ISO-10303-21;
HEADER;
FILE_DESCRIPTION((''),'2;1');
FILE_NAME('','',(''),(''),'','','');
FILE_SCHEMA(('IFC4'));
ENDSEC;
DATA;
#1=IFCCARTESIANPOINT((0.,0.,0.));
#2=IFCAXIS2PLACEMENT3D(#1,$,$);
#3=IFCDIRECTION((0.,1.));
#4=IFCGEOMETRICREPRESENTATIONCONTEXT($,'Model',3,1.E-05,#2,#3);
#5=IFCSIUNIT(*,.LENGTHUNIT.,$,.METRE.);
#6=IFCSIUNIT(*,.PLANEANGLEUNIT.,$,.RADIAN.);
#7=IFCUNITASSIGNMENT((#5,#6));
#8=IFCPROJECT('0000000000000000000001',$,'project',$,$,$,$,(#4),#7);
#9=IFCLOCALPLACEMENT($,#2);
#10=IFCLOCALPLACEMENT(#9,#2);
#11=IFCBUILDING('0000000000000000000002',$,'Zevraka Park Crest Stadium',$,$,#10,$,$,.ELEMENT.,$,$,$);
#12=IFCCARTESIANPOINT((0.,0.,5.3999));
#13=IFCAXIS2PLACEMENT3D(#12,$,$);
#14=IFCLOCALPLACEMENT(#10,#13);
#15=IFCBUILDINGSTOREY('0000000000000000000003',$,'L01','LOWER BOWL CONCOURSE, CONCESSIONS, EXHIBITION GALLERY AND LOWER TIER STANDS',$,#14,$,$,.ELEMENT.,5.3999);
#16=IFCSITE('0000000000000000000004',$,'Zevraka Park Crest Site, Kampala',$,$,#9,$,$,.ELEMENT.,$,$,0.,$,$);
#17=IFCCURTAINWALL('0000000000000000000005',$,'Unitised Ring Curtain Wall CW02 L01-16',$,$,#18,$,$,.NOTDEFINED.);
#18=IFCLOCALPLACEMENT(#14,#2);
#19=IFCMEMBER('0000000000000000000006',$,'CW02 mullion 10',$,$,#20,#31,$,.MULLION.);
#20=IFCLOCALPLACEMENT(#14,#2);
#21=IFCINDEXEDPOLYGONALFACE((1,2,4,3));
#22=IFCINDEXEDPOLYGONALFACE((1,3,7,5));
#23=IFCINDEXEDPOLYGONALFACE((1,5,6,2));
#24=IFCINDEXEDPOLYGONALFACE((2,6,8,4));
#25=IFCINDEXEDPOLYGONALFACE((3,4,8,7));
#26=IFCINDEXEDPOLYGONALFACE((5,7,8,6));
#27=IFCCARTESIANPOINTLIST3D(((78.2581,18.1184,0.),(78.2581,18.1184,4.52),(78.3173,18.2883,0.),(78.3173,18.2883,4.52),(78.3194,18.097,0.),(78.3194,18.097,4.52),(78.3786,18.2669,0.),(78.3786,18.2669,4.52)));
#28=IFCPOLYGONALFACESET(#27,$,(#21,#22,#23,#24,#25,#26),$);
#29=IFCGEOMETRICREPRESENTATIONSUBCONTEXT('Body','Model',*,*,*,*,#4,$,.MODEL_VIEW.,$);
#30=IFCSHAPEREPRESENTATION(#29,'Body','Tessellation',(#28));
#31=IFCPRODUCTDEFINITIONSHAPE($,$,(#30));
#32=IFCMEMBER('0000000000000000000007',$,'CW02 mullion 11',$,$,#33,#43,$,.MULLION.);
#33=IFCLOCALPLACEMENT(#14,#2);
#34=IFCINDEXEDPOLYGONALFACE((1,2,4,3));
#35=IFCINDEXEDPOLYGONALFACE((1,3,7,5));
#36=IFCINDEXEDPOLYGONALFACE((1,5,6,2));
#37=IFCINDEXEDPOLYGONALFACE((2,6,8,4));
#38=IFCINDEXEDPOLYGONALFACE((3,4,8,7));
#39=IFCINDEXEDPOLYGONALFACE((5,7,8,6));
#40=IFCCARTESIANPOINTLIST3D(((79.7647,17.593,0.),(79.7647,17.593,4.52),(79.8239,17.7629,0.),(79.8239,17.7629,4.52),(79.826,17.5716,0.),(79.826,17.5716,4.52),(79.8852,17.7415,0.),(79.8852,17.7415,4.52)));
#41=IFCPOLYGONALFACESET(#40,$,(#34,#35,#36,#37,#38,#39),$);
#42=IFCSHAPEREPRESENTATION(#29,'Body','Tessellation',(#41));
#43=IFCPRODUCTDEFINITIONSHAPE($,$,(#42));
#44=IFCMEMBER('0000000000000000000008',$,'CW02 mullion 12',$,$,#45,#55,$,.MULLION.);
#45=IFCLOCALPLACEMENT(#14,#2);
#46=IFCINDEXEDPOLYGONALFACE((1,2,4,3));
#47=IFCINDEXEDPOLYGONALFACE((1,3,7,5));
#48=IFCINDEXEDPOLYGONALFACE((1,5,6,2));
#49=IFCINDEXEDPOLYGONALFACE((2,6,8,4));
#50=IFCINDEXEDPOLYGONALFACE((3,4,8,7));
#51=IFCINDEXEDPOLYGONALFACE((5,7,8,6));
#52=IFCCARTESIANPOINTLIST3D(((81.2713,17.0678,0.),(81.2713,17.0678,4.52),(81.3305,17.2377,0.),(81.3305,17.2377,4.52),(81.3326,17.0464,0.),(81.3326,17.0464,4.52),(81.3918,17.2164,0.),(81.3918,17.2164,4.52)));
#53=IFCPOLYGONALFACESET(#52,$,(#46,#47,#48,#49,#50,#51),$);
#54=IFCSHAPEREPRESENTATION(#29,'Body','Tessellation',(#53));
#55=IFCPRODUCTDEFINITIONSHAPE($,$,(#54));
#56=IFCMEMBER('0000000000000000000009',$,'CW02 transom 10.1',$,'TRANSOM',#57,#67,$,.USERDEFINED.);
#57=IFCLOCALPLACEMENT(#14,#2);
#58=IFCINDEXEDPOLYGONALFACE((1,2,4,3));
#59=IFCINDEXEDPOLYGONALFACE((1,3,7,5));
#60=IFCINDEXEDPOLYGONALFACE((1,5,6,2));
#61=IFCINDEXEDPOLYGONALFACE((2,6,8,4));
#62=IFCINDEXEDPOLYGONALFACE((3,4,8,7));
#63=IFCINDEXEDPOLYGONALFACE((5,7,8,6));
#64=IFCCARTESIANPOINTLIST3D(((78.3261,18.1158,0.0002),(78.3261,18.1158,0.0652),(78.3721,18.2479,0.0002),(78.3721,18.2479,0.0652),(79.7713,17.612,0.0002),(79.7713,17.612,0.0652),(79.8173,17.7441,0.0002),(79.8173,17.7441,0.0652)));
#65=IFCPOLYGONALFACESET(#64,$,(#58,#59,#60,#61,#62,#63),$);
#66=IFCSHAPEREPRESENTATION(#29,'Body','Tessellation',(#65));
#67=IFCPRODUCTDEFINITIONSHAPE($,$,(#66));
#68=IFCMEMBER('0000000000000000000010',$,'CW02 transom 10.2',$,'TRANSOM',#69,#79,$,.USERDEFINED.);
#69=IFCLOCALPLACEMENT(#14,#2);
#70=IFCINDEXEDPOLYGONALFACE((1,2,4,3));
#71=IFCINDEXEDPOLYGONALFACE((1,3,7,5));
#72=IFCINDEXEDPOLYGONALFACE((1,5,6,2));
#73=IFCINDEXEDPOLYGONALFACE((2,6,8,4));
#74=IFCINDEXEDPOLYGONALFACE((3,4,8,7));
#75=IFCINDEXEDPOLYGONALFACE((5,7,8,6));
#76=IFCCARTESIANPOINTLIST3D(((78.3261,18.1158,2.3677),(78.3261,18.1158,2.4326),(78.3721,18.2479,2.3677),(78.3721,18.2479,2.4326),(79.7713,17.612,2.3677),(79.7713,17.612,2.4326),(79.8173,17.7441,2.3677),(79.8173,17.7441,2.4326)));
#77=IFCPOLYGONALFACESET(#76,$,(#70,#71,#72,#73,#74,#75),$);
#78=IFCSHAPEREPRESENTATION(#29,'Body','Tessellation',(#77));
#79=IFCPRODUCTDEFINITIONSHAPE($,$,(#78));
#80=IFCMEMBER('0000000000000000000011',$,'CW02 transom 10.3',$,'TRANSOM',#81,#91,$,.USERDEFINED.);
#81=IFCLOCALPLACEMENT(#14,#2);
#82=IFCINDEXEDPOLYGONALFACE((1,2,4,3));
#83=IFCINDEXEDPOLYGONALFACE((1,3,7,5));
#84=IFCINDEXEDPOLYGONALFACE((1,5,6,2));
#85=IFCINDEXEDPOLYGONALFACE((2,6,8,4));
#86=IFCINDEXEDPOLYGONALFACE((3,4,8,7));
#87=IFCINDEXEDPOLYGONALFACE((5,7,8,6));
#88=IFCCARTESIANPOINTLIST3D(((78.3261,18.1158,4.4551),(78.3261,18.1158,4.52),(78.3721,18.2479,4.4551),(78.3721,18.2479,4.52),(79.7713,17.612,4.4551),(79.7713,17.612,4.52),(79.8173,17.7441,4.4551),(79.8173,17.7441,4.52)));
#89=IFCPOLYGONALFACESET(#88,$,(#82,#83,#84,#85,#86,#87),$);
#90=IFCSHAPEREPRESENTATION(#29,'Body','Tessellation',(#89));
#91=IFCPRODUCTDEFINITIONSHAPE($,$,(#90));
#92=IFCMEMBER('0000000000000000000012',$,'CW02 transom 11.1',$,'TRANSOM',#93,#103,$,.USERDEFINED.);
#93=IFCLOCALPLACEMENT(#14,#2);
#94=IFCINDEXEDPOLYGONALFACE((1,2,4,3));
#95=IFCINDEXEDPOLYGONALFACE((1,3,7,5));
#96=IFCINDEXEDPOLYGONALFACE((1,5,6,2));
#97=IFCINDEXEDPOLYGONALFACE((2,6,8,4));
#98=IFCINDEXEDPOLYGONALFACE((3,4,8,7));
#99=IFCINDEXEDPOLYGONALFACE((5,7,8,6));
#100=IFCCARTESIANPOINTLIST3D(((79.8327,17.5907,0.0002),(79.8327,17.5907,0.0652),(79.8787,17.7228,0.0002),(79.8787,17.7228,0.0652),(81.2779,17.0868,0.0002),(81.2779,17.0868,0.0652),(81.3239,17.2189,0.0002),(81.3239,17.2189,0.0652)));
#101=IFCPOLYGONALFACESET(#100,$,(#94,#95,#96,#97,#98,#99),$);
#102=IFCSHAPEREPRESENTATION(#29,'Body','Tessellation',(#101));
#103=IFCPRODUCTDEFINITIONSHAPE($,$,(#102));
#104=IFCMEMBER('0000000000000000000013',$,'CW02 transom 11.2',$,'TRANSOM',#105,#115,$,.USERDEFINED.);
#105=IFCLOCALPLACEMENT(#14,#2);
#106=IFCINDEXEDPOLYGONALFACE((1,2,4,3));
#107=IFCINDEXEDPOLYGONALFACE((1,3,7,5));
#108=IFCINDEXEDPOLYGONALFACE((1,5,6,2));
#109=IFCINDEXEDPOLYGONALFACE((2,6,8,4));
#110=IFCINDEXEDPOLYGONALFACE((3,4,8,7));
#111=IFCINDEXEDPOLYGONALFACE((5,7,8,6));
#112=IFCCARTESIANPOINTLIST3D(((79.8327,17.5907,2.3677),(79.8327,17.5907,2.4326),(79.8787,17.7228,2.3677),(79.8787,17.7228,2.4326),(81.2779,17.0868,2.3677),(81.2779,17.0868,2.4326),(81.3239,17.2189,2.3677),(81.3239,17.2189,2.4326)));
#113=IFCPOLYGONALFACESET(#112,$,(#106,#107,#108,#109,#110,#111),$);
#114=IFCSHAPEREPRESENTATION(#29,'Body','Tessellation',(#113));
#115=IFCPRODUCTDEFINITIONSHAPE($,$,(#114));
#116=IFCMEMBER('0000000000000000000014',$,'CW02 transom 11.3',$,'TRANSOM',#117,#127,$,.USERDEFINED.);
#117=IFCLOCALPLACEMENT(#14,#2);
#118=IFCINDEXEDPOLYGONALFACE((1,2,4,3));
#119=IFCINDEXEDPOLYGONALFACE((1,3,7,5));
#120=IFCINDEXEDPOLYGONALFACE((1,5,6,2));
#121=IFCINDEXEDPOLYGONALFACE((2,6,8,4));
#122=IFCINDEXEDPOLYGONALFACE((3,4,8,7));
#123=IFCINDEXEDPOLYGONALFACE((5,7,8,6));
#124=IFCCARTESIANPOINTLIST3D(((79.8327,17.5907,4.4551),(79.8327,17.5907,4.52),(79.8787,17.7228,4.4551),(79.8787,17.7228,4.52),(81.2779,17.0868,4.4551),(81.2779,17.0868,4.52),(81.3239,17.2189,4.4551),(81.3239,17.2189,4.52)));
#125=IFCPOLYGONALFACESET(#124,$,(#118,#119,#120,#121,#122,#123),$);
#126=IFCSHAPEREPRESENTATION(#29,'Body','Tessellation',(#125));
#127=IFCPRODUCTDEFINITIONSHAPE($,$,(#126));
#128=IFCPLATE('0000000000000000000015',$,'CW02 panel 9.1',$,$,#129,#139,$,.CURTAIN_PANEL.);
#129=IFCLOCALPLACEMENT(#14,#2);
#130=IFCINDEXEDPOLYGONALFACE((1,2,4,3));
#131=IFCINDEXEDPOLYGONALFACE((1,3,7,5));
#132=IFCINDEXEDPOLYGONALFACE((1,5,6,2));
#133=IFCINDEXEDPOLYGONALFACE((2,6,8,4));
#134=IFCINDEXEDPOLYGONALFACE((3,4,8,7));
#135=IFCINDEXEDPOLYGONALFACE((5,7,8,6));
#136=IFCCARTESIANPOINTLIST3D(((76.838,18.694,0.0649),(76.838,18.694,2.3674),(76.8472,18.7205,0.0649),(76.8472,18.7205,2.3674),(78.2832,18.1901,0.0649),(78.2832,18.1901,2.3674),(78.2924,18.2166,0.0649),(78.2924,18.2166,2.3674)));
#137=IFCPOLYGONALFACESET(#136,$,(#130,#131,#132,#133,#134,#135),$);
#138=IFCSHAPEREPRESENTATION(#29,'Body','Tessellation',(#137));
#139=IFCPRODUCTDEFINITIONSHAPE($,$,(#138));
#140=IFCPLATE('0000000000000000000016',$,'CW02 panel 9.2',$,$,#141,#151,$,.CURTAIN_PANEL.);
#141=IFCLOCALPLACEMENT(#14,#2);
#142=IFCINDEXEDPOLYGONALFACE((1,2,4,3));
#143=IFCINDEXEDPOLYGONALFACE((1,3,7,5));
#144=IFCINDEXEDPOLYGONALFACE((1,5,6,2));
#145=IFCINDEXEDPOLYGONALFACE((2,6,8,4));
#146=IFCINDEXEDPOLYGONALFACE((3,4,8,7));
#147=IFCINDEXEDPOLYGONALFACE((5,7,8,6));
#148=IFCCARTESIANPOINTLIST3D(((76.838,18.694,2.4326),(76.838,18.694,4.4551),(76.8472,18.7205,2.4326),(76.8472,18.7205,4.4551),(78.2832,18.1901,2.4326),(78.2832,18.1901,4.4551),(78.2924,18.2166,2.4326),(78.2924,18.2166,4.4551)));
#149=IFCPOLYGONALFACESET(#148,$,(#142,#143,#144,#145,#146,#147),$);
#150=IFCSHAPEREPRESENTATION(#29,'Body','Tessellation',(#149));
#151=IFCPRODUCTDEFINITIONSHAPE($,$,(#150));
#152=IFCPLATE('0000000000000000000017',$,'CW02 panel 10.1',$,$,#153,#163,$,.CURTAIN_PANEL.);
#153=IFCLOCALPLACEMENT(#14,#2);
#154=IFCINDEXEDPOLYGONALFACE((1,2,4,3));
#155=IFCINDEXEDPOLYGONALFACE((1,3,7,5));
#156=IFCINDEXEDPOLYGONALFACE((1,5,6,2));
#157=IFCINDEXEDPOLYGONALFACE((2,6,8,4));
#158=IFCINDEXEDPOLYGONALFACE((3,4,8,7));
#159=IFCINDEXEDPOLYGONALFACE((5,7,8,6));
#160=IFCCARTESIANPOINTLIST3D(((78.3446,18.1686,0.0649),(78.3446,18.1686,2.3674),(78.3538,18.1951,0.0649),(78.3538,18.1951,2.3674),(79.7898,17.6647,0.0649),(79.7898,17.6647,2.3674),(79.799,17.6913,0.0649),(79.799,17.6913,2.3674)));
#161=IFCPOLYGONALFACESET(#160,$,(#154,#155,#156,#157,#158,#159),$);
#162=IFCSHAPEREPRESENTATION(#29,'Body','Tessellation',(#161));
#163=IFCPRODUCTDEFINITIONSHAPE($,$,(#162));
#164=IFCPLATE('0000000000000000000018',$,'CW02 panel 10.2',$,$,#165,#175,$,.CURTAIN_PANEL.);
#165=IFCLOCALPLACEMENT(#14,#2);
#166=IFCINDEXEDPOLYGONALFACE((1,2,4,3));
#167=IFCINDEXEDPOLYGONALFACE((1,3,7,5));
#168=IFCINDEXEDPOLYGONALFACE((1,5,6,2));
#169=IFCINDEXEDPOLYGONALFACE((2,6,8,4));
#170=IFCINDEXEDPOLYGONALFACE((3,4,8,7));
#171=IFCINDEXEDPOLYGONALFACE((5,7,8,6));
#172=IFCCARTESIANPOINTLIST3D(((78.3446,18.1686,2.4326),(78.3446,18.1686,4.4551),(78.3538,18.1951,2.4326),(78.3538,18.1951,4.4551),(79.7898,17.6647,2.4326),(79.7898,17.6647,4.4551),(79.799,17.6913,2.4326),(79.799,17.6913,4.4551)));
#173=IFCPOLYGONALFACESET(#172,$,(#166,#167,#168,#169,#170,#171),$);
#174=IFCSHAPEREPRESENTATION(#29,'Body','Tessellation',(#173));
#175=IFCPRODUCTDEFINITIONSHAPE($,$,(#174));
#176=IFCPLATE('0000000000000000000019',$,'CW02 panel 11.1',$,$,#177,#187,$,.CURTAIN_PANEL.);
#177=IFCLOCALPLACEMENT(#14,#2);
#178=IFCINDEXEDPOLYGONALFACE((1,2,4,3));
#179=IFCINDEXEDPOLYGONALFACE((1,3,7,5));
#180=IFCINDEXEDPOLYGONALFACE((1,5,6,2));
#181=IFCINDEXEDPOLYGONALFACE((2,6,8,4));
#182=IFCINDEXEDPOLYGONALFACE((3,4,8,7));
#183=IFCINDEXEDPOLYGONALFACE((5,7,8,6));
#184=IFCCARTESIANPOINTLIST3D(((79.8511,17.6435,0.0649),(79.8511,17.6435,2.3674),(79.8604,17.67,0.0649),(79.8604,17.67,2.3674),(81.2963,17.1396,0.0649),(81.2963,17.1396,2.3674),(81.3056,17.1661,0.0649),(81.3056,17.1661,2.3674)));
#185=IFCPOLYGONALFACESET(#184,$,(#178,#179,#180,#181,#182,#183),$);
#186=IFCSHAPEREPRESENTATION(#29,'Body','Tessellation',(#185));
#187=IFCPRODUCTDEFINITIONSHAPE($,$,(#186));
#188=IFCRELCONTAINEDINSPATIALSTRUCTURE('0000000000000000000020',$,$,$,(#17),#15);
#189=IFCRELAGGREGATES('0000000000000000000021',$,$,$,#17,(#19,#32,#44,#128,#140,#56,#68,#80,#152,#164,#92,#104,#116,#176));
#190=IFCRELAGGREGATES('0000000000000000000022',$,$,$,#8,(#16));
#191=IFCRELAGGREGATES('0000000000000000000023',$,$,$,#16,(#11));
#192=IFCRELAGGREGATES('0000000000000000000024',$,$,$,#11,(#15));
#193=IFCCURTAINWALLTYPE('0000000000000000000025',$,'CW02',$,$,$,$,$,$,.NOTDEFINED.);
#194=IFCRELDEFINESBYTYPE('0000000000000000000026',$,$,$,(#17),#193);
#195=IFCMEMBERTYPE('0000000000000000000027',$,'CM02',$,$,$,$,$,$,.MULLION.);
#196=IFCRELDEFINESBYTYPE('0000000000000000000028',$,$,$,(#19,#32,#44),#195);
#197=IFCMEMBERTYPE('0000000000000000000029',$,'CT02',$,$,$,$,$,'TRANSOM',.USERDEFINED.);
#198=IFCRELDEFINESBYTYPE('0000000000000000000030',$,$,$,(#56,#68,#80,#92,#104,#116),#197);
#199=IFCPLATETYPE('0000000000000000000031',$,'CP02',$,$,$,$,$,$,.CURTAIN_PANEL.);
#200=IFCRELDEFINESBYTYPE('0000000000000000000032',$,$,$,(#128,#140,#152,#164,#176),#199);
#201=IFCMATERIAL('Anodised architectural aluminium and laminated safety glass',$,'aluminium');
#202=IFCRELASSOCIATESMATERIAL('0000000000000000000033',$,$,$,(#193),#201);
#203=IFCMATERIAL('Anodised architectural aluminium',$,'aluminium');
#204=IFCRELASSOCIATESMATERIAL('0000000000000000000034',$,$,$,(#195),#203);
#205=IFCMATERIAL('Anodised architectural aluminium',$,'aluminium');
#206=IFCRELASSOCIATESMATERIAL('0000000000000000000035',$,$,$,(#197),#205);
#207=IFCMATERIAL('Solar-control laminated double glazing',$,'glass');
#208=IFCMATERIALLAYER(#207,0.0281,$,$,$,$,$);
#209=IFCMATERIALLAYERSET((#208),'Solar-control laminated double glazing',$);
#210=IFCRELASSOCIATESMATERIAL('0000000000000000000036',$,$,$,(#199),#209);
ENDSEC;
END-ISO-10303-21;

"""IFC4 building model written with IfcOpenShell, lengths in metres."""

from ifc_helpers import new_model, si_unit, direction, frame, origin, origin_2d, place, context, subcontext, project, spatial, rectangle, extrude, material, layer, layer_set, material_profile, profile_set, type_object, element, aggregate, save


model = new_model("IFC4")

# Units and contexts
model_context = context("Model", 3, precision=1e-05, world=origin(), true_north=direction((0.0, 1.0)))
body_context = subcontext(model_context, "Body", "Model", "MODEL_VIEW")
ifc_project = project(units=[si_unit("LENGTHUNIT", "METRE"), si_unit("PLANEANGLEUNIT", "RADIAN")], contexts=[model_context])

# Site, building, storey
site_placement = place(None, origin())
site = spatial("IfcSite", under=ifc_project, at=site_placement, Name="Zevraka Park Crest Site, Kampala", CompositionType="ELEMENT", RefElevation=0.0)
building_placement = place(site_placement, origin())
building = spatial("IfcBuilding", under=site, at=building_placement, Name="Zevraka Park Crest Stadium", CompositionType="ELEMENT")
storey_placement = place(building_placement, frame((0.0, 0.0, 5.3999)))
storey = spatial("IfcBuildingStorey", under=building, at=storey_placement, Name="L01", Description="LOWER BOWL CONCOURSE, CONCESSIONS, EXHIBITION GALLERY AND LOWER TIER STANDS", CompositionType="ELEMENT", Elevation=5.3999)

# Curtain wall, members, plates
ifc_material_1 = material(Name="Anodised architectural aluminium and laminated safety glass", Category="aluminium")
curtain_wall_type = type_object("IfcCurtainWallType", Name="CW02", PredefinedType="NOTDEFINED", material=ifc_material_1)
curtain_wall_placement = place(storey_placement, origin())
curtain_wall = element("IfcCurtainWall", 1, at=curtain_wall_placement, inside=storey, type_object=curtain_wall_type, Name="Unitised Ring Curtain Wall CW02 L01-16", PredefinedType="NOTDEFINED")
ifc_material_2 = material(Name="Anodised architectural aluminium", Category="aluminium")
ifc_material_profile_1 = material_profile(ifc_material_2, rectangle(XDim=0.1799, YDim=0.0649, at=origin_2d()), Name="ALU MULLION 180x65")
ifc_profile_set_1 = profile_set([ifc_material_profile_1], Name="Anodised architectural aluminium")
member_type_1 = type_object("IfcMemberType", Name="CM02", PredefinedType="MULLION", material=ifc_profile_set_1)
member_1_placement = place(storey_placement, frame((78.3184, 18.1926, 0.0), z_axis=(0.0, 0.0, 1.0), x_axis=(0.329209, 0.944257, 0.0)))
member_1 = element("IfcMember", 2, at=member_1_placement, type_object=member_type_1, Name="CW02 mullion 10", PredefinedType="MULLION", context=body_context, shape_type="SweptSolid", body=[
    extrude(rectangle(XDim=0.1799, YDim=0.0649, at=origin_2d()), origin(), (0.0, 0.0, 1.0), 4.52),
])
member_2_placement = place(storey_placement, frame((79.825, 17.6672, 0.0), z_axis=(0.0, 0.0, 1.0), x_axis=(0.329209, 0.944257, 0.0)))
member_2 = element("IfcMember", 3, at=member_2_placement, type_object=member_type_1, Name="CW02 mullion 11", PredefinedType="MULLION", context=body_context, shape_type="SweptSolid", body=[
    extrude(rectangle(XDim=0.1799, YDim=0.0649, at=origin_2d()), origin(), (0.0, 0.0, 1.0), 4.52),
])
member_3_placement = place(storey_placement, frame((81.3315, 17.1421, 0.0), z_axis=(0.0, 0.0, 1.0), x_axis=(0.329209, 0.944257, 0.0)))
member_3 = element("IfcMember", 4, at=member_3_placement, type_object=member_type_1, Name="CW02 mullion 12", PredefinedType="MULLION", context=body_context, shape_type="SweptSolid", body=[
    extrude(rectangle(XDim=0.1799, YDim=0.0649, at=origin_2d()), origin(), (0.0, 0.0, 1.0), 4.52),
])
ifc_material_3 = material(Name="Anodised architectural aluminium", Category="aluminium")
ifc_material_profile_2 = material_profile(ifc_material_3, rectangle(XDim=0.1399, YDim=0.0649, at=origin_2d()), Name="ALU TRANSOM 140x65")
ifc_profile_set_2 = profile_set([ifc_material_profile_2], Name="Anodised architectural aluminium")
member_type_2 = type_object("IfcMemberType", Name="CT02", ElementType="TRANSOM", PredefinedType="USERDEFINED", material=ifc_profile_set_2)
member_4_placement = place(storey_placement, frame((78.3491, 18.1819, 0.0327), z_axis=(0.944256, -0.329213, 0.0), x_axis=(0.329213, 0.944256, 0.0)))
member_4 = element("IfcMember", 5, at=member_4_placement, type_object=member_type_2, Name="CW02 transom 10.1", ObjectType="TRANSOM", PredefinedType="USERDEFINED", context=body_context, shape_type="SweptSolid", body=[
    extrude(rectangle(XDim=0.1399, YDim=0.0649, at=origin_2d()), origin(), (0.0, 0.0, 1.0), 1.5305),
])
member_5_placement = place(storey_placement, frame((78.3491, 18.1819, 2.4001), z_axis=(0.944256, -0.329213, 0.0), x_axis=(0.329213, 0.944256, 0.0)))
member_5 = element("IfcMember", 6, at=member_5_placement, type_object=member_type_2, Name="CW02 transom 10.2", ObjectType="TRANSOM", PredefinedType="USERDEFINED", context=body_context, shape_type="SweptSolid", body=[
    extrude(rectangle(XDim=0.1399, YDim=0.0649, at=origin_2d()), origin(), (0.0, 0.0, 1.0), 1.5305),
])
member_6_placement = place(storey_placement, frame((78.3491, 18.1819, 4.4875), z_axis=(0.944256, -0.329213, 0.0), x_axis=(0.329213, 0.944256, 0.0)))
member_6 = element("IfcMember", 7, at=member_6_placement, type_object=member_type_2, Name="CW02 transom 10.3", ObjectType="TRANSOM", PredefinedType="USERDEFINED", context=body_context, shape_type="SweptSolid", body=[
    extrude(rectangle(XDim=0.1399, YDim=0.0649, at=origin_2d()), origin(), (0.0, 0.0, 1.0), 1.5305),
])
member_7_placement = place(storey_placement, frame((79.8557, 17.6567, 0.0327), z_axis=(0.944256, -0.329213, 0.0), x_axis=(0.329213, 0.944256, 0.0)))
member_7 = element("IfcMember", 8, at=member_7_placement, type_object=member_type_2, Name="CW02 transom 11.1", ObjectType="TRANSOM", PredefinedType="USERDEFINED", context=body_context, shape_type="SweptSolid", body=[
    extrude(rectangle(XDim=0.1399, YDim=0.0649, at=origin_2d()), origin(), (0.0, 0.0, 1.0), 1.5305),
])
member_8_placement = place(storey_placement, frame((79.8557, 17.6567, 2.4001), z_axis=(0.944256, -0.329213, 0.0), x_axis=(0.329213, 0.944256, 0.0)))
member_8 = element("IfcMember", 9, at=member_8_placement, type_object=member_type_2, Name="CW02 transom 11.2", ObjectType="TRANSOM", PredefinedType="USERDEFINED", context=body_context, shape_type="SweptSolid", body=[
    extrude(rectangle(XDim=0.1399, YDim=0.0649, at=origin_2d()), origin(), (0.0, 0.0, 1.0), 1.5305),
])
member_9_placement = place(storey_placement, frame((79.8557, 17.6567, 4.4875), z_axis=(0.944256, -0.329213, 0.0), x_axis=(0.329213, 0.944256, 0.0)))
member_9 = element("IfcMember", 10, at=member_9_placement, type_object=member_type_2, Name="CW02 transom 11.3", ObjectType="TRANSOM", PredefinedType="USERDEFINED", context=body_context, shape_type="SweptSolid", body=[
    extrude(rectangle(XDim=0.1399, YDim=0.0649, at=origin_2d()), origin(), (0.0, 0.0, 1.0), 1.5305),
])
ifc_material_4 = material(Name="Solar-control laminated double glazing", Category="glass")
ifc_layer_1 = layer(ifc_material_4, 0.0281)
ifc_layer_set_1 = layer_set([ifc_layer_1], Name="Solar-control laminated double glazing")
plate_type = type_object("IfcPlateType", Name="CP02", PredefinedType="CURTAIN_PANEL", material=ifc_layer_set_1)
plate_1_placement = place(storey_placement, frame((77.5652, 18.4553, 0.0649), z_axis=(0.0, 0.0, 1.0), x_axis=(0.944257, -0.329209, 0.0)))
plate_1 = element("IfcPlate", 11, at=plate_1_placement, type_object=plate_type, Name="CW02 panel 9.1", PredefinedType="CURTAIN_PANEL", context=body_context, shape_type="SweptSolid", body=[
    extrude(rectangle(XDim=1.5305, YDim=0.0281, at=origin_2d()), origin(), (0.0, 0.0, 1.0), 2.3025),
])
plate_2_placement = place(storey_placement, frame((77.5652, 18.4553, 2.4326), z_axis=(0.0, 0.0, 1.0), x_axis=(0.944257, -0.329209, 0.0)))
plate_2 = element("IfcPlate", 12, at=plate_2_placement, type_object=plate_type, Name="CW02 panel 9.2", PredefinedType="CURTAIN_PANEL", context=body_context, shape_type="SweptSolid", body=[
    extrude(rectangle(XDim=1.5305, YDim=0.0281, at=origin_2d()), origin(), (0.0, 0.0, 1.0), 2.0225),
])
plate_3_placement = place(storey_placement, frame((79.0718, 17.9299, 0.0649), z_axis=(0.0, 0.0, 1.0), x_axis=(0.944257, -0.329209, 0.0)))
plate_3 = element("IfcPlate", 13, at=plate_3_placement, type_object=plate_type, Name="CW02 panel 10.1", PredefinedType="CURTAIN_PANEL", context=body_context, shape_type="SweptSolid", body=[
    extrude(rectangle(XDim=1.5305, YDim=0.0281, at=origin_2d()), origin(), (0.0, 0.0, 1.0), 2.3025),
])
plate_4_placement = place(storey_placement, frame((79.0718, 17.9299, 2.4326), z_axis=(0.0, 0.0, 1.0), x_axis=(0.944257, -0.329209, 0.0)))
plate_4 = element("IfcPlate", 14, at=plate_4_placement, type_object=plate_type, Name="CW02 panel 10.2", PredefinedType="CURTAIN_PANEL", context=body_context, shape_type="SweptSolid", body=[
    extrude(rectangle(XDim=1.5305, YDim=0.0281, at=origin_2d()), origin(), (0.0, 0.0, 1.0), 2.0225),
])
plate_5_placement = place(storey_placement, frame((80.5784, 17.4048, 0.0649), z_axis=(0.0, 0.0, 1.0), x_axis=(0.944257, -0.329209, 0.0)))
plate_5 = element("IfcPlate", 15, at=plate_5_placement, type_object=plate_type, Name="CW02 panel 11.1", PredefinedType="CURTAIN_PANEL", context=body_context, shape_type="SweptSolid", body=[
    extrude(rectangle(XDim=1.5305, YDim=0.0281, at=origin_2d()), origin(), (0.0, 0.0, 1.0), 2.3025),
])
aggregate(curtain_wall, [member_1, member_2, member_3, plate_1, plate_2, member_4, member_5, member_6, plate_3, plate_4, member_7, member_8, member_9, plate_5])

save(model, "model.ifc")
